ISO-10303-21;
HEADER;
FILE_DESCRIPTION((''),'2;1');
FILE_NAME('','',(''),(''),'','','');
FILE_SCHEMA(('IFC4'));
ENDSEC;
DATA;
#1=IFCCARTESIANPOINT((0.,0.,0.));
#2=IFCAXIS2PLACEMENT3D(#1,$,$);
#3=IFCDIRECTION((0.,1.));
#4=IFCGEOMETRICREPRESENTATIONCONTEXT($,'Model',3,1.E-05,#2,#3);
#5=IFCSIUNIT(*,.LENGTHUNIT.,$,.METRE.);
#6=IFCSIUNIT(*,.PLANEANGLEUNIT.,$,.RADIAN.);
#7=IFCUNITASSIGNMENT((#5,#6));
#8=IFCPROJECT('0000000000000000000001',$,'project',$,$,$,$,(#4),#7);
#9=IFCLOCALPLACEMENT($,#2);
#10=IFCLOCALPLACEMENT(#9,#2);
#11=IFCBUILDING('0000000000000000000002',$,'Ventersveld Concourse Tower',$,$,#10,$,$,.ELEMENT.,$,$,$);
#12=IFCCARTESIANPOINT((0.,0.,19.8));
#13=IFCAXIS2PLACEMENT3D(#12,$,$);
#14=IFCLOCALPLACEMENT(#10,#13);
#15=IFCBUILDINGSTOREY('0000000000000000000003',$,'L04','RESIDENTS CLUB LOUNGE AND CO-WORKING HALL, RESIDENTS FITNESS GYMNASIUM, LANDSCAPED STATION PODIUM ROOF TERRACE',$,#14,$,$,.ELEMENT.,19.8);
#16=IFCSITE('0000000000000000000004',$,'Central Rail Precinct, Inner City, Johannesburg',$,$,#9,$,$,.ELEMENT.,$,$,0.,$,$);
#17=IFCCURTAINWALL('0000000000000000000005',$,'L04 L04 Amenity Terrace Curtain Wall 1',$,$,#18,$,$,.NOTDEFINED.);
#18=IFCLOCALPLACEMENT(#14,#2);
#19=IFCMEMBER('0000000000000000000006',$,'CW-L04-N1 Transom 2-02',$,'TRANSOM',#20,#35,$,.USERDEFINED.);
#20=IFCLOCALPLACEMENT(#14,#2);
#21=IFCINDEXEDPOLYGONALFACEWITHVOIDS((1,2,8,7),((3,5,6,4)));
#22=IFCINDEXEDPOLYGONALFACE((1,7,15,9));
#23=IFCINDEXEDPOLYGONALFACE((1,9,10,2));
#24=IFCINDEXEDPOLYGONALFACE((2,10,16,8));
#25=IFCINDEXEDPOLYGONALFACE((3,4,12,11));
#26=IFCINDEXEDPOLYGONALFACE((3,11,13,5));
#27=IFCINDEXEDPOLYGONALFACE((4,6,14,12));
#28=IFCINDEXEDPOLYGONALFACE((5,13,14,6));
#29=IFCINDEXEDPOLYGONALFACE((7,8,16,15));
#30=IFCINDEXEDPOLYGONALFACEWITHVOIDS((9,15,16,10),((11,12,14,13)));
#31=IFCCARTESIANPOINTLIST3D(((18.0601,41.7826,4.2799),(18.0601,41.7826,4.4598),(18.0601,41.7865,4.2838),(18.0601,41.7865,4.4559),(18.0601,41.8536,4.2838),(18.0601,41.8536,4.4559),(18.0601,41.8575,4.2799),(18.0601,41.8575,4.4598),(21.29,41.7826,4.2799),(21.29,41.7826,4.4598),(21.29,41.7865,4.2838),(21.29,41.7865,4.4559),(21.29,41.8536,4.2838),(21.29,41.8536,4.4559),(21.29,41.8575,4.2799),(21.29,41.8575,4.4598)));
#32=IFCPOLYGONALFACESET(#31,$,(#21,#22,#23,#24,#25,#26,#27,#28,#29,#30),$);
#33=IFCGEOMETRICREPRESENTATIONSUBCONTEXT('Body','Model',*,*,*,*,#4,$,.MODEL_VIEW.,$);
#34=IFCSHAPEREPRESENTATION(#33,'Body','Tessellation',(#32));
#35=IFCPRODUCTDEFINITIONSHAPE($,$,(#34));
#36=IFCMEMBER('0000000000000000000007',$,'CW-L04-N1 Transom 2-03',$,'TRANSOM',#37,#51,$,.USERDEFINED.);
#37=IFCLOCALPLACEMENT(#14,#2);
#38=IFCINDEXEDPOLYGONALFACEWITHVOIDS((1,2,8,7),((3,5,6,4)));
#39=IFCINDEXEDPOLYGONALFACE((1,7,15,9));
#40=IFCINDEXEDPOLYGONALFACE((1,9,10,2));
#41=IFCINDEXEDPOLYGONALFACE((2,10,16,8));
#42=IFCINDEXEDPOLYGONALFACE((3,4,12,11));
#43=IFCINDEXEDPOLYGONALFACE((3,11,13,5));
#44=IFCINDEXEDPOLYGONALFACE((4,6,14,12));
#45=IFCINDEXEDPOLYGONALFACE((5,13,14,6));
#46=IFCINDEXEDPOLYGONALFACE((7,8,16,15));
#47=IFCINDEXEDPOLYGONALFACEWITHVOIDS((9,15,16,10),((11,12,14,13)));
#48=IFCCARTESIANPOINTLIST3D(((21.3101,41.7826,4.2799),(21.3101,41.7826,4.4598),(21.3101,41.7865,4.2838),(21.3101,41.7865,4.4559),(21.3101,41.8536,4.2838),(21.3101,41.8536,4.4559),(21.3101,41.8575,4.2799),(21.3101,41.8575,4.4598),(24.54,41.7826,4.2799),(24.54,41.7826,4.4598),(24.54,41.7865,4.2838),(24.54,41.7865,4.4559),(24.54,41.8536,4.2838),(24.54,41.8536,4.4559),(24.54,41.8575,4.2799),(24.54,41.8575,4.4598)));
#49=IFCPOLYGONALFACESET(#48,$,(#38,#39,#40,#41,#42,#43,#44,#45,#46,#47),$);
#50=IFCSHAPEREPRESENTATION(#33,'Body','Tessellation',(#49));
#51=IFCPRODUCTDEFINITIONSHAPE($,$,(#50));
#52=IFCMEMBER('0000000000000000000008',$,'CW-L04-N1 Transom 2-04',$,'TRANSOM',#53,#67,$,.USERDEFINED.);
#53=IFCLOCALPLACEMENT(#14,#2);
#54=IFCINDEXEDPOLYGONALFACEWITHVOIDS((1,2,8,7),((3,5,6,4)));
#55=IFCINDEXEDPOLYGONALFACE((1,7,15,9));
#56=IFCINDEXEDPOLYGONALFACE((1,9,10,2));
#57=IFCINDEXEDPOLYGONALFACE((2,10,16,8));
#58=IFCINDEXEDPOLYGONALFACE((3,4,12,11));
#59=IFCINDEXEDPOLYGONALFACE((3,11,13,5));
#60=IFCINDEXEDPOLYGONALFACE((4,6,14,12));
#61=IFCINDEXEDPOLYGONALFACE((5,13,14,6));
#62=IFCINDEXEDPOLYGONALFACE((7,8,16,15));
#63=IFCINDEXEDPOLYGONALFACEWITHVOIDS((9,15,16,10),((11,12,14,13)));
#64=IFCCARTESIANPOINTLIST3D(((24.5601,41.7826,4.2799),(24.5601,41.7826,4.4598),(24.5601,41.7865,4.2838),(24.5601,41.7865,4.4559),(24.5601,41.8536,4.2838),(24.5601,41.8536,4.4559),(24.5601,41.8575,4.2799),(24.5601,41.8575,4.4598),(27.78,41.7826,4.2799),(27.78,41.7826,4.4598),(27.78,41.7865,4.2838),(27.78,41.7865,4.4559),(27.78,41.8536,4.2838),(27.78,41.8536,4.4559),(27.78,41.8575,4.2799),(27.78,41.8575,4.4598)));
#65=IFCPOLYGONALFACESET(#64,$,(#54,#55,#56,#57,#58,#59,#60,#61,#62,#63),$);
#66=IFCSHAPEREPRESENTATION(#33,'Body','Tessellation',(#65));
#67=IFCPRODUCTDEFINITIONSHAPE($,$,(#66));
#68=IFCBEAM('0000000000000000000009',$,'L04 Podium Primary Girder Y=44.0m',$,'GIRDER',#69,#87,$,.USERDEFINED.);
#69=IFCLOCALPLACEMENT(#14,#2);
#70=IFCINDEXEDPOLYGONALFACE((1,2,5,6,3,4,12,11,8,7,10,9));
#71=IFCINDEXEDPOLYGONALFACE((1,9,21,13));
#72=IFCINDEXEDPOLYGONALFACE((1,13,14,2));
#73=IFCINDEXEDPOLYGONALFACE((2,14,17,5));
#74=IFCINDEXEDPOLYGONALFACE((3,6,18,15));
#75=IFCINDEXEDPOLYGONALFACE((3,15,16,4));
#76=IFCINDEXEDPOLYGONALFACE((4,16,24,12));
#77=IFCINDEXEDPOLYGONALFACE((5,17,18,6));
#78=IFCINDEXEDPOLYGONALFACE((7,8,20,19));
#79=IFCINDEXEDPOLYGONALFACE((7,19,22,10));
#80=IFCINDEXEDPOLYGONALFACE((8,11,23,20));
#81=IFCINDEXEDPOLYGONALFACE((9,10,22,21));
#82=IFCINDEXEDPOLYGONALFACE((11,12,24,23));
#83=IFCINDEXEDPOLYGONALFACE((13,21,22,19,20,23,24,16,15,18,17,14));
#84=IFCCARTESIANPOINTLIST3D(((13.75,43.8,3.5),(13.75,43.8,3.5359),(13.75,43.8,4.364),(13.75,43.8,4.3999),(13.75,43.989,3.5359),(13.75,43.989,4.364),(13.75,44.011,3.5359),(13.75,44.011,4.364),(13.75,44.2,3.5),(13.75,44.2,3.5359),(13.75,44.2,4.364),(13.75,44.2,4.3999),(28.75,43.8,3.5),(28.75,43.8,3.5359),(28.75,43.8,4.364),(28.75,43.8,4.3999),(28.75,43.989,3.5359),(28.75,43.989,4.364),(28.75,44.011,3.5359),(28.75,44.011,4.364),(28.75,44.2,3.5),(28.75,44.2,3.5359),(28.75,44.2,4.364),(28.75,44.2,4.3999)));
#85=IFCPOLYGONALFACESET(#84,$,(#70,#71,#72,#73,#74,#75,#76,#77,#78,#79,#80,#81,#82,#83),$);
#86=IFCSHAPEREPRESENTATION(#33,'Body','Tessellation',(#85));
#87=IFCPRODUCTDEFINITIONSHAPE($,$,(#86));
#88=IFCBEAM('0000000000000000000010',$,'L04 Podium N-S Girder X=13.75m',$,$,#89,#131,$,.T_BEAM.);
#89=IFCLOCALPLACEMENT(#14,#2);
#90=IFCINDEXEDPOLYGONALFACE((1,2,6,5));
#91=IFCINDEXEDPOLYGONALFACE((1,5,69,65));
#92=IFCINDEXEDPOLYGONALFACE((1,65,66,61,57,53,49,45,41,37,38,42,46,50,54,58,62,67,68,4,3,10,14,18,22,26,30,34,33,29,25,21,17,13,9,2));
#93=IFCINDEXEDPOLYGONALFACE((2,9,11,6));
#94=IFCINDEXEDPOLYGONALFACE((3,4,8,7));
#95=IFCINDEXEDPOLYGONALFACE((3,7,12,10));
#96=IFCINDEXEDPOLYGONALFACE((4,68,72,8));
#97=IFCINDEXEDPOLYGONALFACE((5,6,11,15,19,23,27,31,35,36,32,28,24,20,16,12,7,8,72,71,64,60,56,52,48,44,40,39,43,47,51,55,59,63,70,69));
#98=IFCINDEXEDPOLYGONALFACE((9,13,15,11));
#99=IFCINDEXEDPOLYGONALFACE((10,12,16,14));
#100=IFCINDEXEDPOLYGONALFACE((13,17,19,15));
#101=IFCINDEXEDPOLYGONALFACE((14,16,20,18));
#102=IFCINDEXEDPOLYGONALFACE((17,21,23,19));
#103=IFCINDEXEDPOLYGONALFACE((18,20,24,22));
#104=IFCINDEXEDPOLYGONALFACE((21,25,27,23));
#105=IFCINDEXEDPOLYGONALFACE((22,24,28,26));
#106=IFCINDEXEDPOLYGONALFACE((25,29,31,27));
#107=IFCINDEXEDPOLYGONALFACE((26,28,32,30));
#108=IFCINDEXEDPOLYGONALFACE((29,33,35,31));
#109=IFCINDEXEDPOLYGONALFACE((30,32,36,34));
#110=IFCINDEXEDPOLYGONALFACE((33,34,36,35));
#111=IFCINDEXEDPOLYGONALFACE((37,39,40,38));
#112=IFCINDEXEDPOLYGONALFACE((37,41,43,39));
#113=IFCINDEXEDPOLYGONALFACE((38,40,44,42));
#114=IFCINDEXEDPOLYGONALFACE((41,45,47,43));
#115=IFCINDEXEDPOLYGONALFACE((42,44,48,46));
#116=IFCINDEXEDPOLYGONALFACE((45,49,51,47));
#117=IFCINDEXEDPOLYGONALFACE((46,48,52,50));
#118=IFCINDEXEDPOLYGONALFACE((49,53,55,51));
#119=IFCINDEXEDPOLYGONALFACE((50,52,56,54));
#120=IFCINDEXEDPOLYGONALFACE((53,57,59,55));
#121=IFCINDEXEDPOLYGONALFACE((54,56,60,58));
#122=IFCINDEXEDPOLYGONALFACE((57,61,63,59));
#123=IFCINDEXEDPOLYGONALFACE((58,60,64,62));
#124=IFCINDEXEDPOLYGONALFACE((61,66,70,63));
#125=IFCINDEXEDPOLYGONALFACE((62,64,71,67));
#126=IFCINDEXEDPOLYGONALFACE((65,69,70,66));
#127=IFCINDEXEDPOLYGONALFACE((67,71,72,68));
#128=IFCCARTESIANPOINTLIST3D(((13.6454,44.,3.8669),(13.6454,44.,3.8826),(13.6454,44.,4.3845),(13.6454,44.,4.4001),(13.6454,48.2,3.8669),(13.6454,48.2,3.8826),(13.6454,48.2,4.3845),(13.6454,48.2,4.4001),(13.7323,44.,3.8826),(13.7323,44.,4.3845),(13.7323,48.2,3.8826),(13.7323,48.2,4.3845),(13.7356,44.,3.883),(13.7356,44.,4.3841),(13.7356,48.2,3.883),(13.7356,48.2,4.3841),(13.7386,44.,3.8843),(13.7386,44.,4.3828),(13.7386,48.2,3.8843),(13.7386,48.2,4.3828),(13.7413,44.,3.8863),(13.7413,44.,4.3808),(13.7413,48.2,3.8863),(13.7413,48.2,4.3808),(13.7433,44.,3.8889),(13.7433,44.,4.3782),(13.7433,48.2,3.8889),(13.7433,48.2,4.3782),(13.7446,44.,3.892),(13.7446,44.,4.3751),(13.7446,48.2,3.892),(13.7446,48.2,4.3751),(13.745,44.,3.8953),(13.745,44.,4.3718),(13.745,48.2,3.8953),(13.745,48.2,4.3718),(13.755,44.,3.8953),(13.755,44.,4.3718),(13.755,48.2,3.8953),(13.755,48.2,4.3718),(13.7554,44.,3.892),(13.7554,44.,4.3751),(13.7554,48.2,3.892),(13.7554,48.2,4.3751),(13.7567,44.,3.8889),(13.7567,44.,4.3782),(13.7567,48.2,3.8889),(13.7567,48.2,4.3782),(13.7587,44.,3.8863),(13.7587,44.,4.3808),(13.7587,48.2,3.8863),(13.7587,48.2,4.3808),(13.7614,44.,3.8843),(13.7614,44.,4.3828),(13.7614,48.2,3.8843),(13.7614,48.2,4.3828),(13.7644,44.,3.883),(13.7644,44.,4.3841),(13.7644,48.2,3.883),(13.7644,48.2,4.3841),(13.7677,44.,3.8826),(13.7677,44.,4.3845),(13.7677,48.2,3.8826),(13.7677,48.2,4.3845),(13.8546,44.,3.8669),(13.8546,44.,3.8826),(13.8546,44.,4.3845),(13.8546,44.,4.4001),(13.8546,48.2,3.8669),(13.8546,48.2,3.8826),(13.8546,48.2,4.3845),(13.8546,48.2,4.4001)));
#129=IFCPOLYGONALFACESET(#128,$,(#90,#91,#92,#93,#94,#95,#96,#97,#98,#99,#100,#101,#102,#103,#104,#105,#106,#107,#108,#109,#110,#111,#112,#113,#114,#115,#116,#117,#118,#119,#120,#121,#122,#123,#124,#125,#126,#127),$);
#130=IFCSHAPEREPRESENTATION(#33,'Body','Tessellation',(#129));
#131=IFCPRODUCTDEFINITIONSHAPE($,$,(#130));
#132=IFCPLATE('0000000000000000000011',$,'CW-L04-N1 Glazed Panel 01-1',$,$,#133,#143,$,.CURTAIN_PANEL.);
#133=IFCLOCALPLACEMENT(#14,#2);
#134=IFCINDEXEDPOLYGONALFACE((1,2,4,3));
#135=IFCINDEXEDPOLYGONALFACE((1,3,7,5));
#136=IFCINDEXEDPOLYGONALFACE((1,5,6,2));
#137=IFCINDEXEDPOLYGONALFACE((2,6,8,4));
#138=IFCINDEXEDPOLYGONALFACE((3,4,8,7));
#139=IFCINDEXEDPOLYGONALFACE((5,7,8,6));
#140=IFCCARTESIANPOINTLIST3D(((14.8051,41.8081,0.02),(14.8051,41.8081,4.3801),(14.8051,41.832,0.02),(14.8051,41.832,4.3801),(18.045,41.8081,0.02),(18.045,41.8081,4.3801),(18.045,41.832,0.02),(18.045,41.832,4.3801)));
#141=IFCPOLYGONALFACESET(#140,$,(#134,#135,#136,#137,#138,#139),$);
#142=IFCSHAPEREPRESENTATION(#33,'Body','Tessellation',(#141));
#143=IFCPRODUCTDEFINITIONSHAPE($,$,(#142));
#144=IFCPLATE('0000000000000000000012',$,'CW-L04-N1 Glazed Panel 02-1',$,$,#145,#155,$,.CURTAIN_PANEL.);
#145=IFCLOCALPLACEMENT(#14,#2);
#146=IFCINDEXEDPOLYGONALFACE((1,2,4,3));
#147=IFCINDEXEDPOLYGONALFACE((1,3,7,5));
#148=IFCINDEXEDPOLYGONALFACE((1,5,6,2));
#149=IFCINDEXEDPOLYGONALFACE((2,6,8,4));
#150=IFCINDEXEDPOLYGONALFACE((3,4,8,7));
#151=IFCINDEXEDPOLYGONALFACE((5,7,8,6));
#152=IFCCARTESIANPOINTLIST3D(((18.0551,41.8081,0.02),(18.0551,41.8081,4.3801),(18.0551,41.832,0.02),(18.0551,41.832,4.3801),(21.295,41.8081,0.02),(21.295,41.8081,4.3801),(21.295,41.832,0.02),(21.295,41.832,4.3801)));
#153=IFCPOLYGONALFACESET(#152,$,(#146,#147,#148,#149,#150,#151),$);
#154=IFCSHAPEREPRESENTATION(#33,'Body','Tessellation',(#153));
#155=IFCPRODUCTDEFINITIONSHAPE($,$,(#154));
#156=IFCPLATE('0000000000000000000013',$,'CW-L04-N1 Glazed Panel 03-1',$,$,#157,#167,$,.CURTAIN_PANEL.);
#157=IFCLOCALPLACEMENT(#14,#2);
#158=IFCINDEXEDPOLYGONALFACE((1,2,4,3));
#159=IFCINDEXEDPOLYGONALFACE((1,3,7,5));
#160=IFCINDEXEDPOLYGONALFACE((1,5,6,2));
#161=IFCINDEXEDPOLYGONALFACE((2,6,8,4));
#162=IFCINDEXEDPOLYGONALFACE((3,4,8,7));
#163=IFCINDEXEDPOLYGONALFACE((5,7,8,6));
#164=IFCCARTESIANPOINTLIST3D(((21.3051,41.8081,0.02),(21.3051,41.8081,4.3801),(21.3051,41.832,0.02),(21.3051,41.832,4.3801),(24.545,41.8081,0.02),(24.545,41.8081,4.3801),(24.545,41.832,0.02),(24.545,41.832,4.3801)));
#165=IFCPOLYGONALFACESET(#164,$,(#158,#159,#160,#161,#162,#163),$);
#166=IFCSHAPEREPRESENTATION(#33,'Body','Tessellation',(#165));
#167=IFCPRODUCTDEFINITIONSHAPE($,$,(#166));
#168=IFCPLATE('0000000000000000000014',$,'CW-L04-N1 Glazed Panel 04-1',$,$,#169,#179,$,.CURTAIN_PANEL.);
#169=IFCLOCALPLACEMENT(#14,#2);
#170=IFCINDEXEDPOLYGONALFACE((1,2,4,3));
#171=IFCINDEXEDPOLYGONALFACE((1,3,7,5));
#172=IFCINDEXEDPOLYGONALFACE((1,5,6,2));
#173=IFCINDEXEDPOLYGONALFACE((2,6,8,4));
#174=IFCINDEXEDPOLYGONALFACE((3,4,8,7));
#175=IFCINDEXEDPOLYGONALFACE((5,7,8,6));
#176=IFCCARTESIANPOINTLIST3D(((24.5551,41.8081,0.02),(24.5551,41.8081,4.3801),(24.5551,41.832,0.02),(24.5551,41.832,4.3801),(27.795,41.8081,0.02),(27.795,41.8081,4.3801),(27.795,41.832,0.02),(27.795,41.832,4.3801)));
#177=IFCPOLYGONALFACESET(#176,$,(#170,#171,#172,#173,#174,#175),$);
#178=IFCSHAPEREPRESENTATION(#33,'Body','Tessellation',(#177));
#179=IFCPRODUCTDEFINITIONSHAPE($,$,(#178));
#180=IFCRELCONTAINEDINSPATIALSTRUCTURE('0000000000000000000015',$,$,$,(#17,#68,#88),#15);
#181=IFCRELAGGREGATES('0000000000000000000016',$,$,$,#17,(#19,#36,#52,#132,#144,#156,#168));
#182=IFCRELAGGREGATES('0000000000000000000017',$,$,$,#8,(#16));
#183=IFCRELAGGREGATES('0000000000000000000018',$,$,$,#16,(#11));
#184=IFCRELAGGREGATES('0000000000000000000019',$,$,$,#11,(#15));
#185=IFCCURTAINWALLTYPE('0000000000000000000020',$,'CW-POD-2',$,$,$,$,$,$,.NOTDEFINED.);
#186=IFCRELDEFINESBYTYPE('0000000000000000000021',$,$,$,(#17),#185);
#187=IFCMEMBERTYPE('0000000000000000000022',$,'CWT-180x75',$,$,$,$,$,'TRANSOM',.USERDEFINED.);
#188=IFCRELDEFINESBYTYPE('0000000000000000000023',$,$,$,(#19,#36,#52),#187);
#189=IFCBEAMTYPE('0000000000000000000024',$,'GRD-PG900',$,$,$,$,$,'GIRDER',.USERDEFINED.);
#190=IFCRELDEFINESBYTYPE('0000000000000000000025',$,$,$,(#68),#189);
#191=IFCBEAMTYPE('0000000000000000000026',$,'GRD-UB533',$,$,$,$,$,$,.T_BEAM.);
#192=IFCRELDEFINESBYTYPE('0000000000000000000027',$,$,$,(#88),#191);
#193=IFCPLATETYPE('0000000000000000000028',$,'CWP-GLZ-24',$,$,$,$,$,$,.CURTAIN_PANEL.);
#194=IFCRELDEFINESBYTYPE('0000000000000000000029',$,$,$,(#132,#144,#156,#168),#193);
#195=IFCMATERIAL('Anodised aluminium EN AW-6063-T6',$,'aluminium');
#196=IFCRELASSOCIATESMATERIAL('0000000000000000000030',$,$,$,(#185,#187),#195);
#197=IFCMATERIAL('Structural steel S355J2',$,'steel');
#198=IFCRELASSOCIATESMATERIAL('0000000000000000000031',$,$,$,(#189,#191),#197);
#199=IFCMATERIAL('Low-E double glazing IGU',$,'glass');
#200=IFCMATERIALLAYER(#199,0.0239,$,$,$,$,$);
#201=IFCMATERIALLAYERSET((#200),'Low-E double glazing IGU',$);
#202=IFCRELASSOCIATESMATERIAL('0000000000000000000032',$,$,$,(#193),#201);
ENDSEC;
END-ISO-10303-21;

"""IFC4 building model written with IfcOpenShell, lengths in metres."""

from ifc_helpers import new_model, si_unit, direction, frame, origin, origin_2d, place, context, subcontext, project, spatial, rectangle, hollow_rectangle, i_section, extrude, material, layer, layer_set, material_profile, profile_set, type_object, element, aggregate, save


model = new_model("IFC4")

# Units and contexts
model_context = context("Model", 3, precision=1e-05, world=origin(), true_north=direction((0.0, 1.0)))
body_context = subcontext(model_context, "Body", "Model", "MODEL_VIEW")
ifc_project = project(units=[si_unit("LENGTHUNIT", "METRE"), si_unit("PLANEANGLEUNIT", "RADIAN")], contexts=[model_context])

# Site, building, storey
site_placement = place(None, origin())
site = spatial("IfcSite", under=ifc_project, at=site_placement, Name="Central Rail Precinct, Inner City, Johannesburg", CompositionType="ELEMENT", RefElevation=0.0)
building_placement = place(site_placement, origin())
building = spatial("IfcBuilding", under=site, at=building_placement, Name="Ventersveld Concourse Tower", CompositionType="ELEMENT")
storey_placement = place(building_placement, frame((0.0, 0.0, 19.8)))
storey = spatial("IfcBuildingStorey", under=building, at=storey_placement, Name="L04", Description="RESIDENTS CLUB LOUNGE AND CO-WORKING HALL, RESIDENTS FITNESS GYMNASIUM, LANDSCAPED STATION PODIUM ROOF TERRACE", CompositionType="ELEMENT", Elevation=19.8)

# Curtain wall, members
ifc_material_1 = material(Name="Anodised aluminium EN AW-6063-T6", Category="aluminium")
curtain_wall_type = type_object("IfcCurtainWallType", Name="CW-POD-2", PredefinedType="NOTDEFINED", material=ifc_material_1)
curtain_wall_placement = place(storey_placement, origin())
curtain_wall = element("IfcCurtainWall", 1, at=curtain_wall_placement, inside=storey, type_object=curtain_wall_type, Name="L04 L04 Amenity Terrace Curtain Wall 1", PredefinedType="NOTDEFINED")
ifc_material_profile_1 = material_profile(ifc_material_1, hollow_rectangle(XDim=0.075, YDim=0.1799, WallThickness=0.0039, at=origin_2d()), Name="ALU 180x75x4")
ifc_profile_set_1 = profile_set([ifc_material_profile_1], Name="Anodised aluminium EN AW-6063-T6")
member_type_1 = type_object("IfcMemberType", Name="CWT-180x75", ElementType="TRANSOM", PredefinedType="USERDEFINED", material=ifc_profile_set_1)
member_1_placement = place(storey_placement, frame((18.0601, 41.8201, 4.3699), z_axis=(1.0, 0.0, 0.0), x_axis=(0.0, 1.0, 0.0)))
member_1 = element("IfcMember", 2, at=member_1_placement, type_object=member_type_1, Name="CW-L04-N1 Transom 2-02", ObjectType="TRANSOM", PredefinedType="USERDEFINED", context=body_context, shape_type="SweptSolid", body=[
    extrude(hollow_rectangle(XDim=0.075, YDim=0.1799, WallThickness=0.0039, at=origin_2d()), origin(), (0.0, 0.0, 1.0), 3.23),
])
member_2_placement = place(storey_placement, frame((21.3101, 41.8201, 4.3699), z_axis=(1.0, 0.0, 0.0), x_axis=(0.0, 1.0, 0.0)))
member_2 = element("IfcMember", 3, at=member_2_placement, type_object=member_type_1, Name="CW-L04-N1 Transom 2-03", ObjectType="TRANSOM", PredefinedType="USERDEFINED", context=body_context, shape_type="SweptSolid", body=[
    extrude(hollow_rectangle(XDim=0.075, YDim=0.1799, WallThickness=0.0039, at=origin_2d()), origin(), (0.0, 0.0, 1.0), 3.23),
])
member_3_placement = place(storey_placement, frame((24.5601, 41.8201, 4.3699), z_axis=(1.0, 0.0, 0.0), x_axis=(0.0, 1.0, 0.0)))
member_3 = element("IfcMember", 4, at=member_3_placement, type_object=member_type_1, Name="CW-L04-N1 Transom 2-04", ObjectType="TRANSOM", PredefinedType="USERDEFINED", context=body_context, shape_type="SweptSolid", body=[
    extrude(hollow_rectangle(XDim=0.075, YDim=0.1799, WallThickness=0.0039, at=origin_2d()), origin(), (0.0, 0.0, 1.0), 3.22),
])

# Beams
ifc_material_2 = material(Name="Structural steel S355J2", Category="steel")
ifc_material_profile_2 = material_profile(ifc_material_2, i_section(OverallWidth=0.3999, OverallDepth=0.8999, WebThickness=0.022, FlangeThickness=0.0359, at=origin_2d()), Name="PG 900x400x36")
ifc_profile_set_2 = profile_set([ifc_material_profile_2], Name="Structural steel S355J2")
beam_type_1 = type_object("IfcBeamType", Name="GRD-PG900", ElementType="GIRDER", PredefinedType="USERDEFINED", material=ifc_profile_set_2)
beam_1_placement = place(storey_placement, frame((13.75, 44.0, 3.95), z_axis=(1.0, 0.0, 0.0), x_axis=(0.0, 1.0, 0.0)))
element("IfcBeam", 5, at=beam_1_placement, inside=storey, type_object=beam_type_1, Name="L04 Podium Primary Girder Y=44.0m", ObjectType="GIRDER", PredefinedType="USERDEFINED", context=body_context, shape_type="SweptSolid", body=[
    extrude(i_section(OverallWidth=0.3999, OverallDepth=0.8999, WebThickness=0.022, FlangeThickness=0.0359, at=origin_2d()), origin(), (0.0, 0.0, 1.0), 15.0),
])
ifc_material_profile_3 = material_profile(ifc_material_2, i_section(OverallWidth=0.2092, OverallDepth=0.5332, WebThickness=0.01, FlangeThickness=0.0156, FilletRadius=0.0127, at=origin_2d()), Name="UB 533x210x92")
ifc_profile_set_3 = profile_set([ifc_material_profile_3], Name="Structural steel S355J2")
beam_type_2 = type_object("IfcBeamType", Name="GRD-UB533", PredefinedType="T_BEAM", material=ifc_profile_set_3)
beam_2_placement = place(storey_placement, frame((13.75, 44.0, 4.1335), z_axis=(0.0, 1.0, 0.0), x_axis=(-1.0, 0.0, 0.0)))
element("IfcBeam", 6, at=beam_2_placement, inside=storey, type_object=beam_type_2, Name="L04 Podium N-S Girder X=13.75m", PredefinedType="T_BEAM", context=body_context, shape_type="SweptSolid", body=[
    extrude(i_section(OverallWidth=0.2092, OverallDepth=0.5332, WebThickness=0.01, FlangeThickness=0.0156, FilletRadius=0.0127, at=origin_2d()), origin(), (0.0, 0.0, 1.0), 4.2),
])

# Plates
ifc_material_3 = material(Name="Low-E double glazing IGU", Category="glass")
ifc_layer_1 = layer(ifc_material_3, 0.0239)
ifc_layer_set_1 = layer_set([ifc_layer_1], Name="Low-E double glazing IGU")
plate_type = type_object("IfcPlateType", Name="CWP-GLZ-24", PredefinedType="CURTAIN_PANEL", material=ifc_layer_set_1)
plate_1_placement = place(storey_placement, frame((16.425, 41.8201, 0.02), z_axis=(0.0, 0.0, 1.0), x_axis=(1.0, 0.0, 0.0)))
plate_1 = element("IfcPlate", 7, at=plate_1_placement, type_object=plate_type, Name="CW-L04-N1 Glazed Panel 01-1", PredefinedType="CURTAIN_PANEL", context=body_context, shape_type="SweptSolid", body=[
    extrude(rectangle(XDim=3.24, YDim=0.0239, at=origin_2d()), origin(), (0.0, 0.0, 1.0), 4.3601),
])
plate_2_placement = place(storey_placement, frame((19.675, 41.8201, 0.02), z_axis=(0.0, 0.0, 1.0), x_axis=(1.0, 0.0, 0.0)))
plate_2 = element("IfcPlate", 8, at=plate_2_placement, type_object=plate_type, Name="CW-L04-N1 Glazed Panel 02-1", PredefinedType="CURTAIN_PANEL", context=body_context, shape_type="SweptSolid", body=[
    extrude(rectangle(XDim=3.24, YDim=0.0239, at=origin_2d()), origin(), (0.0, 0.0, 1.0), 4.3601),
])
plate_3_placement = place(storey_placement, frame((22.925, 41.8201, 0.02), z_axis=(0.0, 0.0, 1.0), x_axis=(1.0, 0.0, 0.0)))
plate_3 = element("IfcPlate", 9, at=plate_3_placement, type_object=plate_type, Name="CW-L04-N1 Glazed Panel 03-1", PredefinedType="CURTAIN_PANEL", context=body_context, shape_type="SweptSolid", body=[
    extrude(rectangle(XDim=3.24, YDim=0.0239, at=origin_2d()), origin(), (0.0, 0.0, 1.0), 4.3601),
])
plate_4_placement = place(storey_placement, frame((26.175, 41.8201, 0.02), z_axis=(0.0, 0.0, 1.0), x_axis=(1.0, 0.0, 0.0)))
plate_4 = element("IfcPlate", 10, at=plate_4_placement, type_object=plate_type, Name="CW-L04-N1 Glazed Panel 04-1", PredefinedType="CURTAIN_PANEL", context=body_context, shape_type="SweptSolid", body=[
    extrude(rectangle(XDim=3.24, YDim=0.0239, at=origin_2d()), origin(), (0.0, 0.0, 1.0), 4.3601),
])
aggregate(curtain_wall, [member_1, member_2, member_3, plate_1, plate_2, plate_3, plate_4])

save(model, "model.ifc")
